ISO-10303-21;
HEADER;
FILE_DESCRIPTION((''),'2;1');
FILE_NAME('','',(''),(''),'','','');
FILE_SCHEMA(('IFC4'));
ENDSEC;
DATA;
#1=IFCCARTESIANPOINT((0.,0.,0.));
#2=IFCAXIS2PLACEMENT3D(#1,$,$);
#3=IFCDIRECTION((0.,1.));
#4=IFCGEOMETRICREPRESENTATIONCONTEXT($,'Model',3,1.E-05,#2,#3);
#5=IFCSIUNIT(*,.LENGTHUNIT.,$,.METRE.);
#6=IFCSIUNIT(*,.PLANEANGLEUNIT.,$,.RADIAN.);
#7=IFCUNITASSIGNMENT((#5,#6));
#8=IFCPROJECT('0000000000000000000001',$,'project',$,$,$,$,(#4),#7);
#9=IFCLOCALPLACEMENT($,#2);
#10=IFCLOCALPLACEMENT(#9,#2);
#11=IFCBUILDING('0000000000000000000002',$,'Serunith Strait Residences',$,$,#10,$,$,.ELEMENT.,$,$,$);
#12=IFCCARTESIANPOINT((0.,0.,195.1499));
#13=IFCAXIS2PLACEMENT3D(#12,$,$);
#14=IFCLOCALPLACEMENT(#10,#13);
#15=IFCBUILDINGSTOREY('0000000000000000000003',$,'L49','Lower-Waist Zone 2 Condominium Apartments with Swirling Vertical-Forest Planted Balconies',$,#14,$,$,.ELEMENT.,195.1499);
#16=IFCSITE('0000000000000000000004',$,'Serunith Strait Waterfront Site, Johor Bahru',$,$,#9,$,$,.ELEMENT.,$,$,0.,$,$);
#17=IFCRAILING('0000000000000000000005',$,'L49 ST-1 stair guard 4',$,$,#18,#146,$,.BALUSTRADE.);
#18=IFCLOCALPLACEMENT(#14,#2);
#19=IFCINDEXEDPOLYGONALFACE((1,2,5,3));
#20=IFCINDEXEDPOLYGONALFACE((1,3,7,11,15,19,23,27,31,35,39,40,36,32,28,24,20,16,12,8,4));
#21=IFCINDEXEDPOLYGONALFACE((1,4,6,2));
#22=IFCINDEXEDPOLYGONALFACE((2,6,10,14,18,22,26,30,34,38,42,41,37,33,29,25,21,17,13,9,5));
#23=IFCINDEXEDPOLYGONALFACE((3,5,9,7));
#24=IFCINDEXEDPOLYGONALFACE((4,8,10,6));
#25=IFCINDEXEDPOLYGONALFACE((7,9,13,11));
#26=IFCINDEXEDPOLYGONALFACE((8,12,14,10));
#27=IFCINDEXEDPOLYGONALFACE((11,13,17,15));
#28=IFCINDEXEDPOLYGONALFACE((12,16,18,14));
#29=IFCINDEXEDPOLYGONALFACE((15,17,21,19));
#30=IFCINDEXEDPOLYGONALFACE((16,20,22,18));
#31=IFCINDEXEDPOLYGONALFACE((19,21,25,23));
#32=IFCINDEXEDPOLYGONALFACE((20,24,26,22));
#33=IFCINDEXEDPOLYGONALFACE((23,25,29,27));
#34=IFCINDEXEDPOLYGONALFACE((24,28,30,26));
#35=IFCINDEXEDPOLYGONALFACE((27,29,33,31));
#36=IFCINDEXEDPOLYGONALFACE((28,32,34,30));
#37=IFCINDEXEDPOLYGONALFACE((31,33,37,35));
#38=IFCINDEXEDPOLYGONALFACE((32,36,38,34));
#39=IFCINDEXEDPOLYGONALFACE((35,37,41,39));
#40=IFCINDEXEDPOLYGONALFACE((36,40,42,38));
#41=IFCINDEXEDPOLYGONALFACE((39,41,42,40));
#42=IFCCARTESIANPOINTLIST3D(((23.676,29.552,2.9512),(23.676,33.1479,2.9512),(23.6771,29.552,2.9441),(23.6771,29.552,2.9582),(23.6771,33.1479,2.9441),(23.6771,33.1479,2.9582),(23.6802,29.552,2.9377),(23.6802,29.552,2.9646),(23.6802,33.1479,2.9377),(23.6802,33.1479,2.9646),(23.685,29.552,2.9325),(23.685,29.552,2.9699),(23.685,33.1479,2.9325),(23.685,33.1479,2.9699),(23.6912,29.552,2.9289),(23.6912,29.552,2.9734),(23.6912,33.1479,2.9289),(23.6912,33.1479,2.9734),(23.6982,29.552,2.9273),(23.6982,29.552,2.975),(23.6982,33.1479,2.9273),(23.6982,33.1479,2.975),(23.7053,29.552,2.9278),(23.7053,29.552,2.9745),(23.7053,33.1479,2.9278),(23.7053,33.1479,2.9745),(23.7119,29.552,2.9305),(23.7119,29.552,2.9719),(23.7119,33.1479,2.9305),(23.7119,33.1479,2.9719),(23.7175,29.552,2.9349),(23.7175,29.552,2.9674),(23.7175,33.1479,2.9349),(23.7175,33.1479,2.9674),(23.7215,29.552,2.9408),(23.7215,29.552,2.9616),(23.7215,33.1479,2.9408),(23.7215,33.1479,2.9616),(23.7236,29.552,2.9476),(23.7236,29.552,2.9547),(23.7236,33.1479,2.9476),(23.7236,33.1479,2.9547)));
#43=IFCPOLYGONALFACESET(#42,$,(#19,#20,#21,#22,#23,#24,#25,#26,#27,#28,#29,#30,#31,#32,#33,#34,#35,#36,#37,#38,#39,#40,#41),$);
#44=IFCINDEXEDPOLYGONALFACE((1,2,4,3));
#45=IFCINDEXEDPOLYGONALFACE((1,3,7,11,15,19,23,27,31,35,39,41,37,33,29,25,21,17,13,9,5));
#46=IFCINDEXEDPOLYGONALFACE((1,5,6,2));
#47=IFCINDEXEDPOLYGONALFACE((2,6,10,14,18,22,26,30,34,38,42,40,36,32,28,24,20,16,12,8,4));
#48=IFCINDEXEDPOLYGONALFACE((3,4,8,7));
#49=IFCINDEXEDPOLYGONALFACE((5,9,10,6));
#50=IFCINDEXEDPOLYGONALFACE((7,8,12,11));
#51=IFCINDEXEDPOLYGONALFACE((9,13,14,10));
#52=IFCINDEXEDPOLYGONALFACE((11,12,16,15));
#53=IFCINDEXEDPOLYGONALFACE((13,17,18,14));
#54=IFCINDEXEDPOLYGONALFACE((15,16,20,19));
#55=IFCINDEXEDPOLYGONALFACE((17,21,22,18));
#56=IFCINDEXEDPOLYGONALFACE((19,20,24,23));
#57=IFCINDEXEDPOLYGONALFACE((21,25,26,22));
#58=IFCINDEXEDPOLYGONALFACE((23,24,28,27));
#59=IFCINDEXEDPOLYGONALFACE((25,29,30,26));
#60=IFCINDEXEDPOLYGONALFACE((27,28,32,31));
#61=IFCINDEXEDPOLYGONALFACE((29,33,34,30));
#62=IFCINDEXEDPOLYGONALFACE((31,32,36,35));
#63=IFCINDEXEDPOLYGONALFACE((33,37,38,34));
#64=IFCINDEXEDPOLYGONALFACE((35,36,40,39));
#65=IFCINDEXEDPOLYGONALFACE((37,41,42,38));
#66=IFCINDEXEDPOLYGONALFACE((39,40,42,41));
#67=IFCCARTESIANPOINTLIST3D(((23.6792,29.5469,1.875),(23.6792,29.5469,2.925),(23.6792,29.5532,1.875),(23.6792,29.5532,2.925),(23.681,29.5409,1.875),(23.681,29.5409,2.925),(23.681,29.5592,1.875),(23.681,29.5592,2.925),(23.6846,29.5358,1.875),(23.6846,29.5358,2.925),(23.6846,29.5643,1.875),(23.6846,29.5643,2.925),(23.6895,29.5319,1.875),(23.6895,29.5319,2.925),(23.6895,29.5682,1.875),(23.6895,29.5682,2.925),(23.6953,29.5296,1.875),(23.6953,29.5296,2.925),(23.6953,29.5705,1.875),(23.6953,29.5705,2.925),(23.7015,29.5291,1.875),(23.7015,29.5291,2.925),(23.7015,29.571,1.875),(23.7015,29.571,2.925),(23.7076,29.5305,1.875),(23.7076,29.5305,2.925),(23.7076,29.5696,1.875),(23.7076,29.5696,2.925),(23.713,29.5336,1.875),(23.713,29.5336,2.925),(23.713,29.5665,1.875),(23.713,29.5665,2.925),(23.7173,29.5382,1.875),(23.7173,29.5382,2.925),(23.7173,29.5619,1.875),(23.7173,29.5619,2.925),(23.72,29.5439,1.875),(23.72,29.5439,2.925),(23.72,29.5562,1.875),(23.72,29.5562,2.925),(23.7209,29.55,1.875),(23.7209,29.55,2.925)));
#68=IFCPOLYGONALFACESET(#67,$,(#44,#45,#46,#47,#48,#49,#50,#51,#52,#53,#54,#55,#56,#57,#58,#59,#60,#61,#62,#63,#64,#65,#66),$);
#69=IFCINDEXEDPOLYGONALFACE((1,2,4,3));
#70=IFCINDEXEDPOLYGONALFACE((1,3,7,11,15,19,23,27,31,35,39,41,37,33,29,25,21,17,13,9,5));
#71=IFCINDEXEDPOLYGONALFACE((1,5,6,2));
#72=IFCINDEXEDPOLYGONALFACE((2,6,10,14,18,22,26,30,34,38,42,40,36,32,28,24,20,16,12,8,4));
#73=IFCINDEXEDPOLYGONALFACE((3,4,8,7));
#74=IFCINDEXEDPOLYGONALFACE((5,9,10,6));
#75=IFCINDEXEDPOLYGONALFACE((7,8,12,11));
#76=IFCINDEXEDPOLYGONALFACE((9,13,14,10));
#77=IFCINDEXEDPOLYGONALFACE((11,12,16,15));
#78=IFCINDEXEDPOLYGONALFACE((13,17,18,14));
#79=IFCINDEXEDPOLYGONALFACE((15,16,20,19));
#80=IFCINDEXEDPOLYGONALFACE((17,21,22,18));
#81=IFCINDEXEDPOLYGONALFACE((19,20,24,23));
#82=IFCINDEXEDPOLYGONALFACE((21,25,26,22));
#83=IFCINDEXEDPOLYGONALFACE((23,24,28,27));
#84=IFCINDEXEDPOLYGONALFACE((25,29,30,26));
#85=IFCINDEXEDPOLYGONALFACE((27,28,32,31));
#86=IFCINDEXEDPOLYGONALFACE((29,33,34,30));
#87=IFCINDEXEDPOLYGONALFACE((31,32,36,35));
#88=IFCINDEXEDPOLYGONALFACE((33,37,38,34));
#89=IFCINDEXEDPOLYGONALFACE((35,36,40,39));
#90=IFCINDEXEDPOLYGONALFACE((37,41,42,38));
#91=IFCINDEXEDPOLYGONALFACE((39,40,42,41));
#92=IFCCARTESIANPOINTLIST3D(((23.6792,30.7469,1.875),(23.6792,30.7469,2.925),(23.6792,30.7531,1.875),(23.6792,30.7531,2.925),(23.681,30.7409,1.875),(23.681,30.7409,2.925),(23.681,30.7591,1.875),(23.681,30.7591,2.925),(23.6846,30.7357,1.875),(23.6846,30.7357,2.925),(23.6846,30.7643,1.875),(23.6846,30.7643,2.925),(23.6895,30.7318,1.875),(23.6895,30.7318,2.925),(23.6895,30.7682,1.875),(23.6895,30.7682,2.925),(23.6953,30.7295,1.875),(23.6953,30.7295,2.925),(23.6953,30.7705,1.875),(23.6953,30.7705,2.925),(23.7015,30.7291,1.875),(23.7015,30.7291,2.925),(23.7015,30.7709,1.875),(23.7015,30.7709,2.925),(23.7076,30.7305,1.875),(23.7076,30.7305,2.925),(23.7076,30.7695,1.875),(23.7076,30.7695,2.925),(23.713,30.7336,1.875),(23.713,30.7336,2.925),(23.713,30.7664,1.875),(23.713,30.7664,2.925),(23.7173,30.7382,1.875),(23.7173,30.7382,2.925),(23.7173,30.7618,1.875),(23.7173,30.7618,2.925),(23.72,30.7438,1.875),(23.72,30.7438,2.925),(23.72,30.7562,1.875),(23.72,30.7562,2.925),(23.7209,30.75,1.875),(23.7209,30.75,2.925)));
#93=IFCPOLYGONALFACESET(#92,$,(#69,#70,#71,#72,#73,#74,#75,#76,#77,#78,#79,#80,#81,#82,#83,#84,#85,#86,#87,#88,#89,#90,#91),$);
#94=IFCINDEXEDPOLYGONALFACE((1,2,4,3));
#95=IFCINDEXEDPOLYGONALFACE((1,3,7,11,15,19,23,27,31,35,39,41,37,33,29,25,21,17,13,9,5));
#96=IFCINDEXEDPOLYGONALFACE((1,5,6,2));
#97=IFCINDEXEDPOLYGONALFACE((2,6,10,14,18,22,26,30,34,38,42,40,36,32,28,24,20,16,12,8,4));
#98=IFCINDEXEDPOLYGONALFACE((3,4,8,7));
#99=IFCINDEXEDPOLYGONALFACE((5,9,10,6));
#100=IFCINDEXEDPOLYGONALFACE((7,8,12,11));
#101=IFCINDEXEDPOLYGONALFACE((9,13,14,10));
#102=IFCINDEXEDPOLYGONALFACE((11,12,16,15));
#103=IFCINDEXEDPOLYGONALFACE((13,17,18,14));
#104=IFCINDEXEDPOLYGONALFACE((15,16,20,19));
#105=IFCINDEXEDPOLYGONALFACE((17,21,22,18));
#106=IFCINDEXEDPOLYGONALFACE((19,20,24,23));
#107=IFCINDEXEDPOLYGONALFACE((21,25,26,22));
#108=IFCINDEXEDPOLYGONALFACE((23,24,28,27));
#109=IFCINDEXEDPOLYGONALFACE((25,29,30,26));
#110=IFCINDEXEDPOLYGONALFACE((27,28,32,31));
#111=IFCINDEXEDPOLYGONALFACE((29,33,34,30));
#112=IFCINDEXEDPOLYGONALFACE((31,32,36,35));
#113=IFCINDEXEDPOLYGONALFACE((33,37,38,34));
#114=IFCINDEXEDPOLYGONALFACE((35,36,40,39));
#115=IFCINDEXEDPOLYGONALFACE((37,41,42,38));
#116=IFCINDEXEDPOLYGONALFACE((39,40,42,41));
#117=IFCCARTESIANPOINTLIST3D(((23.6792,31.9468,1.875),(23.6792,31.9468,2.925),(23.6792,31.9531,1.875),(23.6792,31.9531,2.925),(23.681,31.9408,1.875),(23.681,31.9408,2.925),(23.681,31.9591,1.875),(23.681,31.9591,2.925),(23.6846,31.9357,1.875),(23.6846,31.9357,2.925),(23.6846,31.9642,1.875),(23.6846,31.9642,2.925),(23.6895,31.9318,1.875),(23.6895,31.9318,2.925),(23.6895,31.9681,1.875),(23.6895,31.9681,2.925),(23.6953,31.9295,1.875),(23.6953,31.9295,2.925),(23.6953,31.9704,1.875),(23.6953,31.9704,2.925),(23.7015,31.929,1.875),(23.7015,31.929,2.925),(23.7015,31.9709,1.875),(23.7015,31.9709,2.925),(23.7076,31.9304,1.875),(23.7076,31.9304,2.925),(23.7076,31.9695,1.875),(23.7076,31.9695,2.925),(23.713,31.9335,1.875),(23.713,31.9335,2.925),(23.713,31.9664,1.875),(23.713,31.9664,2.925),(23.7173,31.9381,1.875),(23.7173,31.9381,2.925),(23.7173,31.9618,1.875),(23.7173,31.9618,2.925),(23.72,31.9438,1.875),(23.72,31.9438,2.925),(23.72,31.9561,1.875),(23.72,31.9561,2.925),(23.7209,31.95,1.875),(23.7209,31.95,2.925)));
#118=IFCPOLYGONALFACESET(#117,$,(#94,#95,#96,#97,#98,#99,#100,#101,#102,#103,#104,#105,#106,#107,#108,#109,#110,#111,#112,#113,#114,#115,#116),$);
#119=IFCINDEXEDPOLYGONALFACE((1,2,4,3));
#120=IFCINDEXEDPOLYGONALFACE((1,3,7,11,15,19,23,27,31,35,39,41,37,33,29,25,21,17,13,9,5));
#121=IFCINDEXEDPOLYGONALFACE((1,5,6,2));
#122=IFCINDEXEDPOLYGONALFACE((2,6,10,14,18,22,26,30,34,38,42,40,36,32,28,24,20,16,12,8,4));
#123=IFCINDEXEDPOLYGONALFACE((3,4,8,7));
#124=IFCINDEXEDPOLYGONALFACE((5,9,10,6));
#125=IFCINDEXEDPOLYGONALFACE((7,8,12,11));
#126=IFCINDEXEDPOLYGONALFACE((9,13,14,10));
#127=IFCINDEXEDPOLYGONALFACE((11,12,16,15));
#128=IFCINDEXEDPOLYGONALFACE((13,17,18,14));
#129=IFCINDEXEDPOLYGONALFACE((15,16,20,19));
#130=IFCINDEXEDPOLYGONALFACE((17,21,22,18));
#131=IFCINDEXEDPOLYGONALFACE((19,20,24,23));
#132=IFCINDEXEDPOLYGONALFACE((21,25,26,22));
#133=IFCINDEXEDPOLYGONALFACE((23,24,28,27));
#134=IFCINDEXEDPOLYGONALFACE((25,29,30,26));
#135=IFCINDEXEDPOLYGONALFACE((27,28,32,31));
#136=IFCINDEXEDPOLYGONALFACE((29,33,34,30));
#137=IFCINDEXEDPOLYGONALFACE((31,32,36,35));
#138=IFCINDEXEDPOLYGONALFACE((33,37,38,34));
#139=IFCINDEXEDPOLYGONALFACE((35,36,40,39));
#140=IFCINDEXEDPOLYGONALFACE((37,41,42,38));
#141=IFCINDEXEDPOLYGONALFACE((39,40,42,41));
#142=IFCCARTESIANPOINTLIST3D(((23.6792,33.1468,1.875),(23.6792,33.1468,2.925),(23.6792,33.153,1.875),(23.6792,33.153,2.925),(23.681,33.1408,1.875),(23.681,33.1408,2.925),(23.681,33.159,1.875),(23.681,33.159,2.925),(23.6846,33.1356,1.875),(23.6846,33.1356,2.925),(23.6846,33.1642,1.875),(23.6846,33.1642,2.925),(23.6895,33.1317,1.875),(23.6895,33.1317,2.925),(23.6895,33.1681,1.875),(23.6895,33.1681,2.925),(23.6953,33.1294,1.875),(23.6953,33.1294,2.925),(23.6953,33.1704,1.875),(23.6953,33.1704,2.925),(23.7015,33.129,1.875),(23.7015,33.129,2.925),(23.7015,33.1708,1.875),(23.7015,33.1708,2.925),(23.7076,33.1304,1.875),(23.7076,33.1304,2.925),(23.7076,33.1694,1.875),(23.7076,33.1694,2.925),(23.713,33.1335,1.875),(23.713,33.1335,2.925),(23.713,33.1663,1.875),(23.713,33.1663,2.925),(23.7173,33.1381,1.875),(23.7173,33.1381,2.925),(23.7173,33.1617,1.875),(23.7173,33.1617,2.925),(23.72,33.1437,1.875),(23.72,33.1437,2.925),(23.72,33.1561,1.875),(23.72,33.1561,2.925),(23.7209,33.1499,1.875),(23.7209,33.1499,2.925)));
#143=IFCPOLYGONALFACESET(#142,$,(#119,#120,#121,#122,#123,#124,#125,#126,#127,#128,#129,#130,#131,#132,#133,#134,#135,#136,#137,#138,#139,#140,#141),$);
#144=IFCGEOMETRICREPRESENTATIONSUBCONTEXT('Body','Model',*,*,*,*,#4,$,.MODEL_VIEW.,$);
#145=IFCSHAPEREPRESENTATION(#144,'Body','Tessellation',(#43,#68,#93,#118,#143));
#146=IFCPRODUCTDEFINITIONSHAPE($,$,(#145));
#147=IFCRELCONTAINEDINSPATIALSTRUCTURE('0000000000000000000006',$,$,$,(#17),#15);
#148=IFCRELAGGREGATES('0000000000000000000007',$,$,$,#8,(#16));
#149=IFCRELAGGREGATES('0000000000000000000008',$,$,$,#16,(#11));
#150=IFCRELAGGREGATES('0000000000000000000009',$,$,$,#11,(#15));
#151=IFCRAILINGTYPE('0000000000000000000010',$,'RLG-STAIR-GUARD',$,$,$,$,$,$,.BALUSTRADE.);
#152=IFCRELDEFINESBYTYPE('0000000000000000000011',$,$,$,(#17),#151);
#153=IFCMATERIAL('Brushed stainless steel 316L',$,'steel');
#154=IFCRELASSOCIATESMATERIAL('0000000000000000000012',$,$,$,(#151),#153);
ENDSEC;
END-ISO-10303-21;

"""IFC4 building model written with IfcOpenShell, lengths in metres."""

from ifc_helpers import new_model, si_unit, direction, frame, origin, origin_2d, place, context, subcontext, project, spatial, circle, extrude, material, type_object, element, save


model = new_model("IFC4")

# Units and contexts
model_context = context("Model", 3, precision=1e-05, world=origin(), true_north=direction((0.0, 1.0)))
body_context = subcontext(model_context, "Body", "Model", "MODEL_VIEW")
ifc_project = project(units=[si_unit("LENGTHUNIT", "METRE"), si_unit("PLANEANGLEUNIT", "RADIAN")], contexts=[model_context])

# Site, building, storey
site_placement = place(None, origin())
site = spatial("IfcSite", under=ifc_project, at=site_placement, Name="Serunith Strait Waterfront Site, Johor Bahru", CompositionType="ELEMENT", RefElevation=0.0)
building_placement = place(site_placement, origin())
building = spatial("IfcBuilding", under=site, at=building_placement, Name="Serunith Strait Residences", CompositionType="ELEMENT")
storey_placement = place(building_placement, frame((0.0, 0.0, 195.1499)))
storey = spatial("IfcBuildingStorey", under=building, at=storey_placement, Name="L49", Description="Lower-Waist Zone 2 Condominium Apartments with Swirling Vertical-Forest Planted Balconies", CompositionType="ELEMENT", Elevation=195.1499)

# Railing
ifc_material_1 = material(Name="Brushed stainless steel 316L", Category="steel")
railing_type_1 = type_object("IfcRailingType", Name="RLG-STAIR-GUARD", PredefinedType="BALUSTRADE", material=ifc_material_1)
for number, where, name in (
    (1, (23.7, 29.55, 1.875), "L49 ST-1 stair guard 4"),
):
    element("IfcRailing", number, at=place(storey_placement, frame(where)), inside=storey, type_object=railing_type_1, Name=name, PredefinedType="BALUSTRADE", context=body_context, shape_type="SweptSolid", body=[
        extrude(circle(Radius=0.0239, at=origin_2d()), frame((0.0, 0.002, 1.0762), z_axis=(0.0, 1.0, 0.0), x_axis=(-1.0, 0.0, 0.0)), (0.0, 0.0, 1.0), 3.5959),
        extrude(circle(Radius=0.021, at=origin_2d()), origin(), (0.0, 0.0, 1.0), 1.05),
        extrude(circle(Radius=0.021, at=origin_2d()), frame((0.0, 1.2, 0.0)), (0.0, 0.0, 1.0), 1.05),
        extrude(circle(Radius=0.021, at=origin_2d()), frame((0.0, 2.3999, 0.0)), (0.0, 0.0, 1.0), 1.05),
        extrude(circle(Radius=0.021, at=origin_2d()), frame((0.0, 3.5999, 0.0)), (0.0, 0.0, 1.0), 1.05),
    ])

save(model, "model.ifc")
